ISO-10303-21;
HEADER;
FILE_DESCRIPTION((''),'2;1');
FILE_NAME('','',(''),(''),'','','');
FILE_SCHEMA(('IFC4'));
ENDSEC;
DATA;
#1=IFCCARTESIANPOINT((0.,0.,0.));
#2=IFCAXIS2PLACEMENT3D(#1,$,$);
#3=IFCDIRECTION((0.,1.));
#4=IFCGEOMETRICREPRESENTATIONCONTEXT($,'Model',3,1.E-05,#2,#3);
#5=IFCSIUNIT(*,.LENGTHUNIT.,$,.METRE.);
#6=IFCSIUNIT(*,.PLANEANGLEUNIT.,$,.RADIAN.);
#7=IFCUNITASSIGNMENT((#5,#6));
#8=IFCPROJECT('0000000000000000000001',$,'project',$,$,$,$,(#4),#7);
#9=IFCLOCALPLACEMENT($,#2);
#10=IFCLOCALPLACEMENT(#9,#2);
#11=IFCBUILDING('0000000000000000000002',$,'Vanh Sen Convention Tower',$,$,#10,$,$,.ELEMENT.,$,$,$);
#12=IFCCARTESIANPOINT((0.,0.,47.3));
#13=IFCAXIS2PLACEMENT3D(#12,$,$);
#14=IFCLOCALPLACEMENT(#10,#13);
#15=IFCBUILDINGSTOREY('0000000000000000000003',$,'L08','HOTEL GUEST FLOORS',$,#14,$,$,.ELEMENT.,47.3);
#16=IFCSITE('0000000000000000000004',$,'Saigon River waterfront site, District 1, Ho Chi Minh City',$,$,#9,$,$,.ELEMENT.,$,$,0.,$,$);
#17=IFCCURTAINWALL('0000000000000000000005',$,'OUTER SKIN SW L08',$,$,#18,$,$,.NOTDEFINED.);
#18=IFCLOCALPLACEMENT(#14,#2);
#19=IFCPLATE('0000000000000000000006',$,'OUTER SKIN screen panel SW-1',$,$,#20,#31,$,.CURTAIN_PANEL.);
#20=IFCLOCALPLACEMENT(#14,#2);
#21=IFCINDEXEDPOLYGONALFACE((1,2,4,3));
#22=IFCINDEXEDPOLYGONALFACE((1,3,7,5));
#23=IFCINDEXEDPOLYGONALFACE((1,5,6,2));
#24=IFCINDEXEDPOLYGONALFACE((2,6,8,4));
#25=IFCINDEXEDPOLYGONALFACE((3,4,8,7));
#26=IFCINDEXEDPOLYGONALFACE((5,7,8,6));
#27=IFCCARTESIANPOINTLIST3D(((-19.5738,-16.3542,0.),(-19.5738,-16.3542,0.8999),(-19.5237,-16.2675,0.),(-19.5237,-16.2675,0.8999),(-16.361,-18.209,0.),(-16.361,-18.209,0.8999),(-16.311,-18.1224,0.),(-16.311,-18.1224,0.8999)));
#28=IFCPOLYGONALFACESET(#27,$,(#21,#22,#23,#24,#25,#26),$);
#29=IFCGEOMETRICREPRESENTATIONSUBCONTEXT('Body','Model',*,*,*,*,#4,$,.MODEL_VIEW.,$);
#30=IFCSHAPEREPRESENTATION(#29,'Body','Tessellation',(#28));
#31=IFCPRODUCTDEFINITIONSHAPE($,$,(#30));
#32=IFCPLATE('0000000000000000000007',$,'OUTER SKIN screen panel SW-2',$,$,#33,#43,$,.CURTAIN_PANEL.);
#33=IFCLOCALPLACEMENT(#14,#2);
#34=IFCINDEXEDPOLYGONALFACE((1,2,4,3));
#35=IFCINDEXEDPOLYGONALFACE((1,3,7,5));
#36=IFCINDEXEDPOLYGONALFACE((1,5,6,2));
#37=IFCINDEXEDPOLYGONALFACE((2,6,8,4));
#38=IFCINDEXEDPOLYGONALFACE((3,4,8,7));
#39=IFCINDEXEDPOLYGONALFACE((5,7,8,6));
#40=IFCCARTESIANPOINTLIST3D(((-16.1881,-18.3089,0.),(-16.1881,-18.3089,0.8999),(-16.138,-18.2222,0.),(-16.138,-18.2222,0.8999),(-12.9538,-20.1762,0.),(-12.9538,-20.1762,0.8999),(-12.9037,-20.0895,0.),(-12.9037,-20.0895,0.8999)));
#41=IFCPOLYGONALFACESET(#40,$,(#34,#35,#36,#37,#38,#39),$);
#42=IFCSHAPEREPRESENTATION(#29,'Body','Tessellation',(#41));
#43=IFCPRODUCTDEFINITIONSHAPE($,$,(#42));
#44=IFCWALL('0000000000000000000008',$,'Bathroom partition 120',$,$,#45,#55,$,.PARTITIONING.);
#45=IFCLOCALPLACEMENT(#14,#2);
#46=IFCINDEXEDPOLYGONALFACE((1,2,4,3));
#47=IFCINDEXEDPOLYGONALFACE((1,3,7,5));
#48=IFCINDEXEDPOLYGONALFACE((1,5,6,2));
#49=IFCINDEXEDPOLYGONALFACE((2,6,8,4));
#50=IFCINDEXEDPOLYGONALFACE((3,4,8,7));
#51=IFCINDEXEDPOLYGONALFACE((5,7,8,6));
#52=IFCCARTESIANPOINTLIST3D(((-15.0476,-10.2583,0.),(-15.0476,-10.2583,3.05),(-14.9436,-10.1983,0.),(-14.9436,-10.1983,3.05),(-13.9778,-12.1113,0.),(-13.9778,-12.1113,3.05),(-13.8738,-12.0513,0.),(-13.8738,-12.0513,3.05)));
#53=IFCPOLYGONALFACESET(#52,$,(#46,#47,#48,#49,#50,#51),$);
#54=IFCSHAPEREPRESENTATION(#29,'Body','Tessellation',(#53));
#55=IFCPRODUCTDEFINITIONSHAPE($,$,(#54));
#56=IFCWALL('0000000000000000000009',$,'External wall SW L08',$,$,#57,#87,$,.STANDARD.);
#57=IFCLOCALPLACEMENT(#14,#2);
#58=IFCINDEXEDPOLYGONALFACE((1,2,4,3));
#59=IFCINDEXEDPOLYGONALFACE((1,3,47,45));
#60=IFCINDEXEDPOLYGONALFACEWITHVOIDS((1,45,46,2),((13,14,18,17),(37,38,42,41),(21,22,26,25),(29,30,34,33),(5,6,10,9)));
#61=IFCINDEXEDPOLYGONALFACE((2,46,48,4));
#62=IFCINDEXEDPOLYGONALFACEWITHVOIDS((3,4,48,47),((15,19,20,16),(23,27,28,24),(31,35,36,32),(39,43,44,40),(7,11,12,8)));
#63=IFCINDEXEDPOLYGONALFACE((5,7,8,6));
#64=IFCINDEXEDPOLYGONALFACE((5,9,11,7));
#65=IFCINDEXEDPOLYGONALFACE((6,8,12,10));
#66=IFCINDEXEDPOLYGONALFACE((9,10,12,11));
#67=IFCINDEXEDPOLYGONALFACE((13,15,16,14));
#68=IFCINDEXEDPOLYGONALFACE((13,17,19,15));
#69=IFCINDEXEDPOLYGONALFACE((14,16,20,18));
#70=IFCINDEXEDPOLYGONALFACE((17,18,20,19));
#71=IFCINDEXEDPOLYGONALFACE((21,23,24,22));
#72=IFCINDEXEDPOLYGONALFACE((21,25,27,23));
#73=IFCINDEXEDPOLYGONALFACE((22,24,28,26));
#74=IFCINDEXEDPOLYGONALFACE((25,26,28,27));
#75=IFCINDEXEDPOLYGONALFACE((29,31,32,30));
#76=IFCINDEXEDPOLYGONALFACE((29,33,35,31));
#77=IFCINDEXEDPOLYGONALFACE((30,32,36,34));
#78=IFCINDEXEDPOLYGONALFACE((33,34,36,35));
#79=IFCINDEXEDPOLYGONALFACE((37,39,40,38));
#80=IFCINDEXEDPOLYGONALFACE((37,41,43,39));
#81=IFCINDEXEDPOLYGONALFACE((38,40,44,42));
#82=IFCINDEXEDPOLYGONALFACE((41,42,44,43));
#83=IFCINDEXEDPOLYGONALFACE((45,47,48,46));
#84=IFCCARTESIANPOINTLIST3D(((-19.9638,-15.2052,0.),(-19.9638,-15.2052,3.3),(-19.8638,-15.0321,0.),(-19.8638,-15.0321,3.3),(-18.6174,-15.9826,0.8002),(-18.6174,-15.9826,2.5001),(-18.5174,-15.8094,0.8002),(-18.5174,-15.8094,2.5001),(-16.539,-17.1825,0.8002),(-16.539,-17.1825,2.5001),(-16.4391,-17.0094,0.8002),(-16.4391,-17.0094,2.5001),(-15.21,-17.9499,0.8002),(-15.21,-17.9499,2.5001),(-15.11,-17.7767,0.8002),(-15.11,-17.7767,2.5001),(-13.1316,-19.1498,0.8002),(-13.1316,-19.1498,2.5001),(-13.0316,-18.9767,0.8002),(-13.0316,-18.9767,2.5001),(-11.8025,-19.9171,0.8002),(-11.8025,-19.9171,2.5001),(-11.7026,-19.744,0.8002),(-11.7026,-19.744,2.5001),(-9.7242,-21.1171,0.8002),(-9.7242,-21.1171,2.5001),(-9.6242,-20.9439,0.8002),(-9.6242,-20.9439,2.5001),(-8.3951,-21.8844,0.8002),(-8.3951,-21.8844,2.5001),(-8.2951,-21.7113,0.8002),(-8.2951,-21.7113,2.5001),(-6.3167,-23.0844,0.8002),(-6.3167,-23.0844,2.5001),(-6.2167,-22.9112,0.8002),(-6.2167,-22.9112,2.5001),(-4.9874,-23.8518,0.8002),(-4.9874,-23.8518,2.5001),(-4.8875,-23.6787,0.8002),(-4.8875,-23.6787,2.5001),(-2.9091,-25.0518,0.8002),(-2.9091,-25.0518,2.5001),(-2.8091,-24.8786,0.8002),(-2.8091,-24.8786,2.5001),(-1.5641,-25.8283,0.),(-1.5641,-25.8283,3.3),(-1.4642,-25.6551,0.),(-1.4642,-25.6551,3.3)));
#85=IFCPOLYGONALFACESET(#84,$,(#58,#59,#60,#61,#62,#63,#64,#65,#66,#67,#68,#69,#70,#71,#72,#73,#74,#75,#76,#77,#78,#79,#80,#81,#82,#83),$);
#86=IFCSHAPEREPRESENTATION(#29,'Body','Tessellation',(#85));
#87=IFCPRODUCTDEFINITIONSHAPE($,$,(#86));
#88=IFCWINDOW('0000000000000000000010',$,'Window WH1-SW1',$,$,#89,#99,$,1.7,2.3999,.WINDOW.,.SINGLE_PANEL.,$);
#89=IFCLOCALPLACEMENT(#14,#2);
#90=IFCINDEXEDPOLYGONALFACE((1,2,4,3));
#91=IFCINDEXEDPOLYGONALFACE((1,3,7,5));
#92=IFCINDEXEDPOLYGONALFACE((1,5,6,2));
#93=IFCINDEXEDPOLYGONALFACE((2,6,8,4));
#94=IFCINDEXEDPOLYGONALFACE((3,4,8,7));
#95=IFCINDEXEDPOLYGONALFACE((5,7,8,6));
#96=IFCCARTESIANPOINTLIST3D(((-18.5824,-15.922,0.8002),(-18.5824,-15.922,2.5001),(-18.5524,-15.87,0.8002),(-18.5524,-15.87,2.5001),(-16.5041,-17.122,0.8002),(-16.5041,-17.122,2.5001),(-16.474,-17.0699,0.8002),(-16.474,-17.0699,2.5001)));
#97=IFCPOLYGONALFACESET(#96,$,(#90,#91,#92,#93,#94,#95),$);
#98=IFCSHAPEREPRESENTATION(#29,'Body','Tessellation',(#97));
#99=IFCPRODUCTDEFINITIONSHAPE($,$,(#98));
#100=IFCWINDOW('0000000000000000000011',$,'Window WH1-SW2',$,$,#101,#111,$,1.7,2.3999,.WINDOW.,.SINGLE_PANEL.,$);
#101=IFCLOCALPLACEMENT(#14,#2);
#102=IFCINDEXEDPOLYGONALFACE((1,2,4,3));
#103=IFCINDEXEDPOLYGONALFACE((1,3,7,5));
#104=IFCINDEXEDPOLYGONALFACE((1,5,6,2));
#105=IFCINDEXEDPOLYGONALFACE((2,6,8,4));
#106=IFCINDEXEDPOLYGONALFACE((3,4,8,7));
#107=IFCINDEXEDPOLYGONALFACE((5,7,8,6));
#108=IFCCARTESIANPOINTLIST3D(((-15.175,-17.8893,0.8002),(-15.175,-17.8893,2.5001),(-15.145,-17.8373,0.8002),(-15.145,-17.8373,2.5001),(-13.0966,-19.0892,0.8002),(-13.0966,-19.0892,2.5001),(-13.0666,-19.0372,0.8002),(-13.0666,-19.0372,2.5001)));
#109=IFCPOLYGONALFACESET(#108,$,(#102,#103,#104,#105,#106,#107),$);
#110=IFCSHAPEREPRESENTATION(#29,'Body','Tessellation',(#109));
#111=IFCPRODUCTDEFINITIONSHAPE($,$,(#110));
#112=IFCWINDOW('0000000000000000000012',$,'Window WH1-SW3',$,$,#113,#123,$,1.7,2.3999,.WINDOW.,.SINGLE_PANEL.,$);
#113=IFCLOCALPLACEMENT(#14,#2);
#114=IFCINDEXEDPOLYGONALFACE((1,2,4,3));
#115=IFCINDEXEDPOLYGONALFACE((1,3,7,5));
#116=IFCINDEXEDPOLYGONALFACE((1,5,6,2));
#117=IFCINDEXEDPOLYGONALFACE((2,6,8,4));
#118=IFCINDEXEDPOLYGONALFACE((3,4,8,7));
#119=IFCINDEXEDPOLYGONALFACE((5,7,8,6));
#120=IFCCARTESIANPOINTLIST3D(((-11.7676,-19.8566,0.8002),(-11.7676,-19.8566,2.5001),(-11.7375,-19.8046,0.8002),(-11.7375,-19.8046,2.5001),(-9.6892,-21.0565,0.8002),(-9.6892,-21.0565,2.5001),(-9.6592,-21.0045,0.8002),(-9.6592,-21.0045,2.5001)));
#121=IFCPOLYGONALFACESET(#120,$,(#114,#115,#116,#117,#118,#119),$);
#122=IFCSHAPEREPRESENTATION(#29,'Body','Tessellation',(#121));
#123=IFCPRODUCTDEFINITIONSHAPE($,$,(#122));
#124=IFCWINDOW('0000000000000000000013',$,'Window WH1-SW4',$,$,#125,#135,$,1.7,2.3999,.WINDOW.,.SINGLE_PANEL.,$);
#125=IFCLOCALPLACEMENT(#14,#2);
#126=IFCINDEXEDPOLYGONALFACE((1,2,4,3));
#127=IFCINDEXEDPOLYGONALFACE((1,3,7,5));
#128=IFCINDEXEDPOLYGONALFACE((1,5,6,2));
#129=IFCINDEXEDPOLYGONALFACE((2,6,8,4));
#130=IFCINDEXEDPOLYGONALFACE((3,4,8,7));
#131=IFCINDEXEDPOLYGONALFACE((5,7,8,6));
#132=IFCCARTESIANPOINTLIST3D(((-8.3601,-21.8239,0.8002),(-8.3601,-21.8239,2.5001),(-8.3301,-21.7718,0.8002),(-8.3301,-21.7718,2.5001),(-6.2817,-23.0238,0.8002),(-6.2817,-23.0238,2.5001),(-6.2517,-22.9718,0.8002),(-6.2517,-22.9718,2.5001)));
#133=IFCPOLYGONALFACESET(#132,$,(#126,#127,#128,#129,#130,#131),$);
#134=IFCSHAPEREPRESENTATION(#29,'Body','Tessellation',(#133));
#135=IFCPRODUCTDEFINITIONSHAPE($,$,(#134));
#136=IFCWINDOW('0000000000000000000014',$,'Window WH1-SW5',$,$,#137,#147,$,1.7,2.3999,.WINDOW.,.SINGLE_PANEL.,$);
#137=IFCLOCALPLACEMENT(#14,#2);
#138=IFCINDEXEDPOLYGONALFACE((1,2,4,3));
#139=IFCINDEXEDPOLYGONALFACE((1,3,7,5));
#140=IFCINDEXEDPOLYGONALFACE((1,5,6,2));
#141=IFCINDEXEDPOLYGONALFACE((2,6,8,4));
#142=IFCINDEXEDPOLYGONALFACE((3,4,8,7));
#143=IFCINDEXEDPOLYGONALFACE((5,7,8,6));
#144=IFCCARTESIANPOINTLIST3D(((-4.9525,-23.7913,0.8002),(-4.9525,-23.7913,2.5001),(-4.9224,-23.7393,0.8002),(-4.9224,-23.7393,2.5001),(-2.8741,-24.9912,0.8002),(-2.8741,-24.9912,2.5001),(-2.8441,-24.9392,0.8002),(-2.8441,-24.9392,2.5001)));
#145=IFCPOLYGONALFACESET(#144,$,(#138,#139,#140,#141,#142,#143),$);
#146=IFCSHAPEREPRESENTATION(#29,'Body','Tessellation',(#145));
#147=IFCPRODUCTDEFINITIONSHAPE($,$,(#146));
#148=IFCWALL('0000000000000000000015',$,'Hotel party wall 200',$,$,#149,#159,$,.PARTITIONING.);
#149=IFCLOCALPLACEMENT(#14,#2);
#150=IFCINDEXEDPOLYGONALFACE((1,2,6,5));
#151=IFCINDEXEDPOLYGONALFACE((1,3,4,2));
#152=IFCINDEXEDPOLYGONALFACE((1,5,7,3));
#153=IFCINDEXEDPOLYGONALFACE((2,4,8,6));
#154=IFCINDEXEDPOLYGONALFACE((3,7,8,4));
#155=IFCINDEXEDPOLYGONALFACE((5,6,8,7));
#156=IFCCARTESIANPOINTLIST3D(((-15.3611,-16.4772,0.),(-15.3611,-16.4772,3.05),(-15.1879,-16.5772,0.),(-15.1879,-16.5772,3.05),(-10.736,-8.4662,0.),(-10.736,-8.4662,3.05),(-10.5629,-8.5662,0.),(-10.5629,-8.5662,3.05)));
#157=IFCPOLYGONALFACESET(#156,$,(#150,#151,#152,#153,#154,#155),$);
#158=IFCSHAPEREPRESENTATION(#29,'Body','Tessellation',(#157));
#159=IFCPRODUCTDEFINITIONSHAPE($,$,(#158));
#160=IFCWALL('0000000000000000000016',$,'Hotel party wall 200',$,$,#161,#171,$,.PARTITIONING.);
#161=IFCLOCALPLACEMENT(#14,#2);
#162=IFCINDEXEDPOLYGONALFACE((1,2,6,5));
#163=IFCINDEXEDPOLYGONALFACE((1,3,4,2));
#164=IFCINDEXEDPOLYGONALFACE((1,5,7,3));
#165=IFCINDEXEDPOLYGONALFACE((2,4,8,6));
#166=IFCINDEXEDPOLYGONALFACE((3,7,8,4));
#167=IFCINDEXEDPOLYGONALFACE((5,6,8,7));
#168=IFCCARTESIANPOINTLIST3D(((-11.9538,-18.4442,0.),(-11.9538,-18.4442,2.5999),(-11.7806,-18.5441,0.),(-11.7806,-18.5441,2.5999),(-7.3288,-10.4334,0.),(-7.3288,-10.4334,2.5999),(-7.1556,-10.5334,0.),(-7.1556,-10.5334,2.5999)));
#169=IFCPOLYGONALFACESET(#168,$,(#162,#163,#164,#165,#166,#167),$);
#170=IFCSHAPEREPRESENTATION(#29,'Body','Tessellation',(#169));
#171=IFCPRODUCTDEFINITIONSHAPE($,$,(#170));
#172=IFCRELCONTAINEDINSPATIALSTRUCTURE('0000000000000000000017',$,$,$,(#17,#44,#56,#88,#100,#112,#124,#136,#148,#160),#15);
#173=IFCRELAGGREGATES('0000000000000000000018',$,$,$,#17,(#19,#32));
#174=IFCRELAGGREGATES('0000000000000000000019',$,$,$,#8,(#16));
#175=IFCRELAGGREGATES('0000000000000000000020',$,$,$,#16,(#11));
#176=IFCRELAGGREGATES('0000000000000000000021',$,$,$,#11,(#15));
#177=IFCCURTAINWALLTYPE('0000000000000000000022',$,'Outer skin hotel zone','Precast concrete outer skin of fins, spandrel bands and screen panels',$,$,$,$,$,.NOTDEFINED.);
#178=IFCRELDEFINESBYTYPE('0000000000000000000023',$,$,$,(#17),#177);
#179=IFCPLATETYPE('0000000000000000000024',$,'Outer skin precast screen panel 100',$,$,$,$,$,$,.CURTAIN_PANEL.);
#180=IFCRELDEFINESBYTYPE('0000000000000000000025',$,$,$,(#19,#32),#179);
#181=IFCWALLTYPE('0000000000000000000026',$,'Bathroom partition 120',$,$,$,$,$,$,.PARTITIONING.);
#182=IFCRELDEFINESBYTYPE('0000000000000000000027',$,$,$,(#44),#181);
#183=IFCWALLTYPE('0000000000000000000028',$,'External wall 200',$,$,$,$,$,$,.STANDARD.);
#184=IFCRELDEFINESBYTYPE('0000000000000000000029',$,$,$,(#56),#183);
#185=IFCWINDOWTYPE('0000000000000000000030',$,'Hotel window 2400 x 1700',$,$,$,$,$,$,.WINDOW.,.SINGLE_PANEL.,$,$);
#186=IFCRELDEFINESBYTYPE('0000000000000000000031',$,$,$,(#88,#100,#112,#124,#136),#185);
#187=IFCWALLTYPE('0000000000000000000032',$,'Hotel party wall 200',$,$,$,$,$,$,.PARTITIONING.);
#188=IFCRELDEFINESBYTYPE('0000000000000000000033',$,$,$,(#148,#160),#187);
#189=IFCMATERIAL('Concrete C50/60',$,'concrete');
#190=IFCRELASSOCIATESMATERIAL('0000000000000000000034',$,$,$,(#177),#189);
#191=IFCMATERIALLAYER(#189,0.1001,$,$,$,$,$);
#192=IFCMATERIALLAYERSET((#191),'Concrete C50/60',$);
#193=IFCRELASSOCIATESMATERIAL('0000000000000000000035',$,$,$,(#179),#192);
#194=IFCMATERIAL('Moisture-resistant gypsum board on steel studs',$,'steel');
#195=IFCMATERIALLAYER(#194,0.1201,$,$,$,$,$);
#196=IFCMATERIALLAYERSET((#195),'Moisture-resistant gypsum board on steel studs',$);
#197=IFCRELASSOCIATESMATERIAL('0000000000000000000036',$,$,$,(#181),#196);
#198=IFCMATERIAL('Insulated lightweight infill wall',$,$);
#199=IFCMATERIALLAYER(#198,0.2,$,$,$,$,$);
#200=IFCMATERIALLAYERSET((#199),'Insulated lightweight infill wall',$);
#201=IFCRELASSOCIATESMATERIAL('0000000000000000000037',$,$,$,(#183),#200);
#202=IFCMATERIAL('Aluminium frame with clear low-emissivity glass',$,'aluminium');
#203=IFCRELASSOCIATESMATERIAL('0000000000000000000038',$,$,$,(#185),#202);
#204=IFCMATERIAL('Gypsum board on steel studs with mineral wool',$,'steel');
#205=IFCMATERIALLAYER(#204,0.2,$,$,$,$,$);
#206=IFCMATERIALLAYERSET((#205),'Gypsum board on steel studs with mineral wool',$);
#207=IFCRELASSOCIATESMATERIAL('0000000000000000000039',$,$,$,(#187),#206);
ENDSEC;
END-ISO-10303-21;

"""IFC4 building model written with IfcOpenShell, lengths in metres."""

from ifc_helpers import new_model, si_unit, direction, frame, frame_2d, origin, origin_2d, place, context, subcontext, project, spatial, rectangle, extrude, material, layer, layer_set, type_object, element, fill, aggregate, save


model = new_model("IFC4")

# Units and contexts
model_context = context("Model", 3, precision=1e-05, world=origin(), true_north=direction((0.0, 1.0)))
body_context = subcontext(model_context, "Body", "Model", "MODEL_VIEW")
ifc_project = project(units=[si_unit("LENGTHUNIT", "METRE"), si_unit("PLANEANGLEUNIT", "RADIAN")], contexts=[model_context])

# Site, building, storey
site_placement = place(None, origin())
site = spatial("IfcSite", under=ifc_project, at=site_placement, Name="Saigon River waterfront site, District 1, Ho Chi Minh City", CompositionType="ELEMENT", RefElevation=0.0)
building_placement = place(site_placement, origin())
building = spatial("IfcBuilding", under=site, at=building_placement, Name="Vanh Sen Convention Tower", CompositionType="ELEMENT")
storey_placement = place(building_placement, frame((0.0, 0.0, 47.3)))
storey = spatial("IfcBuildingStorey", under=building, at=storey_placement, Name="L08", Description="HOTEL GUEST FLOORS", CompositionType="ELEMENT", Elevation=47.3)

# Curtain wall
ifc_material_1 = material(Name="Concrete C50/60", Category="concrete")
curtain_wall_type = type_object("IfcCurtainWallType", Name="Outer skin hotel zone", Description="Precast concrete outer skin of fins, spandrel bands and screen panels", PredefinedType="NOTDEFINED", material=ifc_material_1)
curtain_wall_1_placement = place(storey_placement, origin())
curtain_wall_1 = element("IfcCurtainWall", 1, at=curtain_wall_1_placement, inside=storey, type_object=curtain_wall_type, Name="OUTER SKIN SW L08", PredefinedType="NOTDEFINED")

# Shared definitions
ifc_layer_1 = layer(ifc_material_1, 0.1001)
ifc_layer_set_1 = layer_set([ifc_layer_1], Name="Concrete C50/60")
plate_type = type_object("IfcPlateType", Name="Outer skin precast screen panel 100", PredefinedType="CURTAIN_PANEL", material=ifc_layer_set_1)

# Plates
plate_1_placement = place(storey_placement, frame((-17.9424, -17.2383, 0.0), z_axis=(0.0, 0.0, 1.0), x_axis=(0.866028, -0.499995, 0.0)))
plate_1 = element("IfcPlate", 2, at=plate_1_placement, type_object=plate_type, Name="OUTER SKIN screen panel SW-1", PredefinedType="CURTAIN_PANEL", context=body_context, shape_type="SweptSolid", body=[
    extrude(rectangle(XDim=3.7097, YDim=0.1001, at=origin_2d()), origin(), (0.0, 0.0, 1.0), 0.8999),
])
plate_2_placement = place(storey_placement, frame((-14.5459, -19.1992, 0.0), z_axis=(0.0, 0.0, 1.0), x_axis=(0.866032, -0.499988, 0.0)))
plate_2 = element("IfcPlate", 3, at=plate_2_placement, type_object=plate_type, Name="OUTER SKIN screen panel SW-2", PredefinedType="CURTAIN_PANEL", context=body_context, shape_type="SweptSolid", body=[
    extrude(rectangle(XDim=3.7346, YDim=0.1001, at=origin_2d()), origin(), (0.0, 0.0, 1.0), 0.8999),
])
aggregate(curtain_wall_1, [plate_1, plate_2])

# Wall
ifc_material_2 = material(Name="Moisture-resistant gypsum board on steel studs", Category="steel")
ifc_layer_2 = layer(ifc_material_2, 0.1201)
ifc_layer_set_2 = layer_set([ifc_layer_2], Name="Moisture-resistant gypsum board on steel studs")
wall_type_1 = type_object("IfcWallType", Name="Bathroom partition 120", PredefinedType="PARTITIONING", material=ifc_layer_set_2)
wall_1_placement = place(storey_placement, frame((-13.9258, -12.0813, 0.0), z_axis=(0.0, 0.0, 1.0), x_axis=(-0.499992, 0.86603, 0.0)))
element("IfcWall", 4, at=wall_1_placement, inside=storey, type_object=wall_type_1, Name="Bathroom partition 120", PredefinedType="PARTITIONING", context=body_context, shape_type="SweptSolid", body=[
    extrude(rectangle(XDim=2.1396, YDim=0.1201, at=frame_2d((1.0698, 0.0))), origin(), (0.0, 0.0, 1.0), 3.05),
])

# Wall, openings, windows
ifc_material_3 = material(Name="Insulated lightweight infill wall")
ifc_layer_3 = layer(ifc_material_3, 0.2)
ifc_layer_set_3 = layer_set([ifc_layer_3], Name="Insulated lightweight infill wall")
wall_type_2 = type_object("IfcWallType", Name="External wall 200", PredefinedType="STANDARD", material=ifc_layer_set_3)
wall_2_placement = place(storey_placement, frame((-19.9138, -15.1187, 0.0), z_axis=(0.0, 0.0, 1.0), x_axis=(0.866025, -0.5, 0.0)))
wall_2 = element("IfcWall", 5, at=wall_2_placement, inside=storey, type_object=wall_type_2, Name="External wall SW L08", PredefinedType="STANDARD", context=body_context, shape_type="SweptSolid", body=[
    extrude(rectangle(XDim=21.2461, YDim=0.2, at=frame_2d((10.623, 0.0))), origin(), (0.0, 0.0, 1.0), 3.3),
])
opening_1_placement = place(wall_2_placement, frame((1.5547, 0.0, 0.8)))
opening_1 = element("IfcOpeningElement", 6, at=opening_1_placement, cuts=wall_2, PredefinedType="OPENING", context=body_context, shape_type="SweptSolid", body=[
    extrude(rectangle(XDim=2.3999, YDim=1.7, at=frame_2d((1.2, 0.8501))), frame((0.0, 0.1099, 0.0), z_axis=(0.0, -1.0, 0.0), x_axis=(1.0, 0.0, 0.0)), (0.0, 0.0, 1.0), 0.22),
])
opening_2_placement = place(wall_2_placement, frame((5.4893, 0.0, 0.8)))
opening_2 = element("IfcOpeningElement", 7, at=opening_2_placement, cuts=wall_2, PredefinedType="OPENING", context=body_context, shape_type="SweptSolid", body=[
    extrude(rectangle(XDim=2.3999, YDim=1.7, at=frame_2d((1.2, 0.8501))), frame((0.0, 0.1099, 0.0), z_axis=(0.0, -1.0, 0.0), x_axis=(1.0, 0.0, 0.0)), (0.0, 0.0, 1.0), 0.22),
])
opening_3_placement = place(wall_2_placement, frame((9.4238, 0.0, 0.8)))
opening_3 = element("IfcOpeningElement", 8, at=opening_3_placement, cuts=wall_2, PredefinedType="OPENING", context=body_context, shape_type="SweptSolid", body=[
    extrude(rectangle(XDim=2.3999, YDim=1.7, at=frame_2d((1.2, 0.8501))), frame((0.0, 0.1099, 0.0), z_axis=(0.0, -1.0, 0.0), x_axis=(1.0, 0.0, 0.0)), (0.0, 0.0, 1.0), 0.22),
])
opening_4_placement = place(wall_2_placement, frame((13.3584, 0.0, 0.8)))
opening_4 = element("IfcOpeningElement", 9, at=opening_4_placement, cuts=wall_2, PredefinedType="OPENING", context=body_context, shape_type="SweptSolid", body=[
    extrude(rectangle(XDim=2.3999, YDim=1.7, at=frame_2d((1.2, 0.8501))), frame((0.0, 0.1099, 0.0), z_axis=(0.0, -1.0, 0.0), x_axis=(1.0, 0.0, 0.0)), (0.0, 0.0, 1.0), 0.22),
])
opening_5_placement = place(wall_2_placement, frame((17.2932, 0.0, 0.8)))
opening_5 = element("IfcOpeningElement", 10, at=opening_5_placement, cuts=wall_2, PredefinedType="OPENING", context=body_context, shape_type="SweptSolid", body=[
    extrude(rectangle(XDim=2.3999, YDim=1.7, at=frame_2d((1.2, 0.8501))), frame((0.0, 0.1099, 0.0), z_axis=(0.0, -1.0, 0.0), x_axis=(1.0, 0.0, 0.0)), (0.0, 0.0, 1.0), 0.22),
])
ifc_material_4 = material(Name="Aluminium frame with clear low-emissivity glass", Category="aluminium")
window_type = type_object("IfcWindowType", Name="Hotel window 2400 x 1700", PartitioningType="SINGLE_PANEL", PredefinedType="WINDOW", material=ifc_material_4)
window_1_placement = place(opening_1_placement, origin())
window_1 = element("IfcWindow", 11, at=window_1_placement, inside=storey, type_object=window_type, Name="Window WH1-SW1", OverallHeight=1.7, OverallWidth=2.3999, PartitioningType="SINGLE_PANEL", PredefinedType="WINDOW", context=body_context, shape_type="SweptSolid", body=[
    extrude(rectangle(XDim=2.3999, YDim=1.7, at=frame_2d((1.2, 0.8501))), frame((0.0, 0.03, 0.0), z_axis=(0.0, -1.0, 0.0), x_axis=(1.0, 0.0, 0.0)), (0.0, 0.0, 1.0), 0.0601),
])
fill(opening_1, window_1)
window_2_placement = place(opening_2_placement, origin())
window_2 = element("IfcWindow", 12, at=window_2_placement, inside=storey, type_object=window_type, Name="Window WH1-SW2", OverallHeight=1.7, OverallWidth=2.3999, PartitioningType="SINGLE_PANEL", PredefinedType="WINDOW", context=body_context, shape_type="SweptSolid", body=[
    extrude(rectangle(XDim=2.3999, YDim=1.7, at=frame_2d((1.2, 0.8501))), frame((0.0, 0.03, 0.0), z_axis=(0.0, -1.0, 0.0), x_axis=(1.0, 0.0, 0.0)), (0.0, 0.0, 1.0), 0.0601),
])
fill(opening_2, window_2)
window_3_placement = place(opening_3_placement, origin())
window_3 = element("IfcWindow", 13, at=window_3_placement, inside=storey, type_object=window_type, Name="Window WH1-SW3", OverallHeight=1.7, OverallWidth=2.3999, PartitioningType="SINGLE_PANEL", PredefinedType="WINDOW", context=body_context, shape_type="SweptSolid", body=[
    extrude(rectangle(XDim=2.3999, YDim=1.7, at=frame_2d((1.2, 0.8501))), frame((0.0, 0.03, 0.0), z_axis=(0.0, -1.0, 0.0), x_axis=(1.0, 0.0, 0.0)), (0.0, 0.0, 1.0), 0.0601),
])
fill(opening_3, window_3)
window_4_placement = place(opening_4_placement, origin())
window_4 = element("IfcWindow", 14, at=window_4_placement, inside=storey, type_object=window_type, Name="Window WH1-SW4", OverallHeight=1.7, OverallWidth=2.3999, PartitioningType="SINGLE_PANEL", PredefinedType="WINDOW", context=body_context, shape_type="SweptSolid", body=[
    extrude(rectangle(XDim=2.3999, YDim=1.7, at=frame_2d((1.2, 0.8501))), frame((0.0, 0.03, 0.0), z_axis=(0.0, -1.0, 0.0), x_axis=(1.0, 0.0, 0.0)), (0.0, 0.0, 1.0), 0.0601),
])
fill(opening_4, window_4)
window_5_placement = place(opening_5_placement, origin())
window_5 = element("IfcWindow", 15, at=window_5_placement, inside=storey, type_object=window_type, Name="Window WH1-SW5", OverallHeight=1.7, OverallWidth=2.3999, PartitioningType="SINGLE_PANEL", PredefinedType="WINDOW", context=body_context, shape_type="SweptSolid", body=[
    extrude(rectangle(XDim=2.3999, YDim=1.7, at=frame_2d((1.2, 0.8501))), frame((0.0, 0.03, 0.0), z_axis=(0.0, -1.0, 0.0), x_axis=(1.0, 0.0, 0.0)), (0.0, 0.0, 1.0), 0.0601),
])
fill(opening_5, window_5)

# Walls
ifc_material_5 = material(Name="Gypsum board on steel studs with mineral wool", Category="steel")
ifc_layer_4 = layer(ifc_material_5, 0.2)
ifc_layer_set_4 = layer_set([ifc_layer_4], Name="Gypsum board on steel studs with mineral wool")
wall_type_3 = type_object("IfcWallType", Name="Hotel party wall 200", PredefinedType="PARTITIONING", material=ifc_layer_set_4)
wall_3_placement = place(storey_placement, frame((-15.2744, -16.5271, 0.0), z_axis=(0.0, 0.0, 1.0), x_axis=(0.499988, 0.866032, 0.0)))
element("IfcWall", 16, at=wall_3_placement, inside=storey, type_object=wall_type_3, Name="Hotel party wall 200", PredefinedType="PARTITIONING", context=body_context, shape_type="SweptSolid", body=[
    extrude(rectangle(XDim=9.2502, YDim=0.2, at=frame_2d((4.625, 0.0))), origin(), (0.0, 0.0, 1.0), 3.05),
])
wall_4_placement = place(storey_placement, frame((-11.8672, -18.4941, 0.0), z_axis=(0.0, 0.0, 1.0), x_axis=(0.5, 0.866026, 0.0)))
element("IfcWall", 17, at=wall_4_placement, inside=storey, type_object=wall_type_3, Name="Hotel party wall 200", PredefinedType="PARTITIONING", context=body_context, shape_type="SweptSolid", body=[
    extrude(rectangle(XDim=9.25, YDim=0.2, at=frame_2d((4.625, 0.0))), origin(), (0.0, 0.0, 1.0), 2.5999),
])

save(model, "model.ifc")
